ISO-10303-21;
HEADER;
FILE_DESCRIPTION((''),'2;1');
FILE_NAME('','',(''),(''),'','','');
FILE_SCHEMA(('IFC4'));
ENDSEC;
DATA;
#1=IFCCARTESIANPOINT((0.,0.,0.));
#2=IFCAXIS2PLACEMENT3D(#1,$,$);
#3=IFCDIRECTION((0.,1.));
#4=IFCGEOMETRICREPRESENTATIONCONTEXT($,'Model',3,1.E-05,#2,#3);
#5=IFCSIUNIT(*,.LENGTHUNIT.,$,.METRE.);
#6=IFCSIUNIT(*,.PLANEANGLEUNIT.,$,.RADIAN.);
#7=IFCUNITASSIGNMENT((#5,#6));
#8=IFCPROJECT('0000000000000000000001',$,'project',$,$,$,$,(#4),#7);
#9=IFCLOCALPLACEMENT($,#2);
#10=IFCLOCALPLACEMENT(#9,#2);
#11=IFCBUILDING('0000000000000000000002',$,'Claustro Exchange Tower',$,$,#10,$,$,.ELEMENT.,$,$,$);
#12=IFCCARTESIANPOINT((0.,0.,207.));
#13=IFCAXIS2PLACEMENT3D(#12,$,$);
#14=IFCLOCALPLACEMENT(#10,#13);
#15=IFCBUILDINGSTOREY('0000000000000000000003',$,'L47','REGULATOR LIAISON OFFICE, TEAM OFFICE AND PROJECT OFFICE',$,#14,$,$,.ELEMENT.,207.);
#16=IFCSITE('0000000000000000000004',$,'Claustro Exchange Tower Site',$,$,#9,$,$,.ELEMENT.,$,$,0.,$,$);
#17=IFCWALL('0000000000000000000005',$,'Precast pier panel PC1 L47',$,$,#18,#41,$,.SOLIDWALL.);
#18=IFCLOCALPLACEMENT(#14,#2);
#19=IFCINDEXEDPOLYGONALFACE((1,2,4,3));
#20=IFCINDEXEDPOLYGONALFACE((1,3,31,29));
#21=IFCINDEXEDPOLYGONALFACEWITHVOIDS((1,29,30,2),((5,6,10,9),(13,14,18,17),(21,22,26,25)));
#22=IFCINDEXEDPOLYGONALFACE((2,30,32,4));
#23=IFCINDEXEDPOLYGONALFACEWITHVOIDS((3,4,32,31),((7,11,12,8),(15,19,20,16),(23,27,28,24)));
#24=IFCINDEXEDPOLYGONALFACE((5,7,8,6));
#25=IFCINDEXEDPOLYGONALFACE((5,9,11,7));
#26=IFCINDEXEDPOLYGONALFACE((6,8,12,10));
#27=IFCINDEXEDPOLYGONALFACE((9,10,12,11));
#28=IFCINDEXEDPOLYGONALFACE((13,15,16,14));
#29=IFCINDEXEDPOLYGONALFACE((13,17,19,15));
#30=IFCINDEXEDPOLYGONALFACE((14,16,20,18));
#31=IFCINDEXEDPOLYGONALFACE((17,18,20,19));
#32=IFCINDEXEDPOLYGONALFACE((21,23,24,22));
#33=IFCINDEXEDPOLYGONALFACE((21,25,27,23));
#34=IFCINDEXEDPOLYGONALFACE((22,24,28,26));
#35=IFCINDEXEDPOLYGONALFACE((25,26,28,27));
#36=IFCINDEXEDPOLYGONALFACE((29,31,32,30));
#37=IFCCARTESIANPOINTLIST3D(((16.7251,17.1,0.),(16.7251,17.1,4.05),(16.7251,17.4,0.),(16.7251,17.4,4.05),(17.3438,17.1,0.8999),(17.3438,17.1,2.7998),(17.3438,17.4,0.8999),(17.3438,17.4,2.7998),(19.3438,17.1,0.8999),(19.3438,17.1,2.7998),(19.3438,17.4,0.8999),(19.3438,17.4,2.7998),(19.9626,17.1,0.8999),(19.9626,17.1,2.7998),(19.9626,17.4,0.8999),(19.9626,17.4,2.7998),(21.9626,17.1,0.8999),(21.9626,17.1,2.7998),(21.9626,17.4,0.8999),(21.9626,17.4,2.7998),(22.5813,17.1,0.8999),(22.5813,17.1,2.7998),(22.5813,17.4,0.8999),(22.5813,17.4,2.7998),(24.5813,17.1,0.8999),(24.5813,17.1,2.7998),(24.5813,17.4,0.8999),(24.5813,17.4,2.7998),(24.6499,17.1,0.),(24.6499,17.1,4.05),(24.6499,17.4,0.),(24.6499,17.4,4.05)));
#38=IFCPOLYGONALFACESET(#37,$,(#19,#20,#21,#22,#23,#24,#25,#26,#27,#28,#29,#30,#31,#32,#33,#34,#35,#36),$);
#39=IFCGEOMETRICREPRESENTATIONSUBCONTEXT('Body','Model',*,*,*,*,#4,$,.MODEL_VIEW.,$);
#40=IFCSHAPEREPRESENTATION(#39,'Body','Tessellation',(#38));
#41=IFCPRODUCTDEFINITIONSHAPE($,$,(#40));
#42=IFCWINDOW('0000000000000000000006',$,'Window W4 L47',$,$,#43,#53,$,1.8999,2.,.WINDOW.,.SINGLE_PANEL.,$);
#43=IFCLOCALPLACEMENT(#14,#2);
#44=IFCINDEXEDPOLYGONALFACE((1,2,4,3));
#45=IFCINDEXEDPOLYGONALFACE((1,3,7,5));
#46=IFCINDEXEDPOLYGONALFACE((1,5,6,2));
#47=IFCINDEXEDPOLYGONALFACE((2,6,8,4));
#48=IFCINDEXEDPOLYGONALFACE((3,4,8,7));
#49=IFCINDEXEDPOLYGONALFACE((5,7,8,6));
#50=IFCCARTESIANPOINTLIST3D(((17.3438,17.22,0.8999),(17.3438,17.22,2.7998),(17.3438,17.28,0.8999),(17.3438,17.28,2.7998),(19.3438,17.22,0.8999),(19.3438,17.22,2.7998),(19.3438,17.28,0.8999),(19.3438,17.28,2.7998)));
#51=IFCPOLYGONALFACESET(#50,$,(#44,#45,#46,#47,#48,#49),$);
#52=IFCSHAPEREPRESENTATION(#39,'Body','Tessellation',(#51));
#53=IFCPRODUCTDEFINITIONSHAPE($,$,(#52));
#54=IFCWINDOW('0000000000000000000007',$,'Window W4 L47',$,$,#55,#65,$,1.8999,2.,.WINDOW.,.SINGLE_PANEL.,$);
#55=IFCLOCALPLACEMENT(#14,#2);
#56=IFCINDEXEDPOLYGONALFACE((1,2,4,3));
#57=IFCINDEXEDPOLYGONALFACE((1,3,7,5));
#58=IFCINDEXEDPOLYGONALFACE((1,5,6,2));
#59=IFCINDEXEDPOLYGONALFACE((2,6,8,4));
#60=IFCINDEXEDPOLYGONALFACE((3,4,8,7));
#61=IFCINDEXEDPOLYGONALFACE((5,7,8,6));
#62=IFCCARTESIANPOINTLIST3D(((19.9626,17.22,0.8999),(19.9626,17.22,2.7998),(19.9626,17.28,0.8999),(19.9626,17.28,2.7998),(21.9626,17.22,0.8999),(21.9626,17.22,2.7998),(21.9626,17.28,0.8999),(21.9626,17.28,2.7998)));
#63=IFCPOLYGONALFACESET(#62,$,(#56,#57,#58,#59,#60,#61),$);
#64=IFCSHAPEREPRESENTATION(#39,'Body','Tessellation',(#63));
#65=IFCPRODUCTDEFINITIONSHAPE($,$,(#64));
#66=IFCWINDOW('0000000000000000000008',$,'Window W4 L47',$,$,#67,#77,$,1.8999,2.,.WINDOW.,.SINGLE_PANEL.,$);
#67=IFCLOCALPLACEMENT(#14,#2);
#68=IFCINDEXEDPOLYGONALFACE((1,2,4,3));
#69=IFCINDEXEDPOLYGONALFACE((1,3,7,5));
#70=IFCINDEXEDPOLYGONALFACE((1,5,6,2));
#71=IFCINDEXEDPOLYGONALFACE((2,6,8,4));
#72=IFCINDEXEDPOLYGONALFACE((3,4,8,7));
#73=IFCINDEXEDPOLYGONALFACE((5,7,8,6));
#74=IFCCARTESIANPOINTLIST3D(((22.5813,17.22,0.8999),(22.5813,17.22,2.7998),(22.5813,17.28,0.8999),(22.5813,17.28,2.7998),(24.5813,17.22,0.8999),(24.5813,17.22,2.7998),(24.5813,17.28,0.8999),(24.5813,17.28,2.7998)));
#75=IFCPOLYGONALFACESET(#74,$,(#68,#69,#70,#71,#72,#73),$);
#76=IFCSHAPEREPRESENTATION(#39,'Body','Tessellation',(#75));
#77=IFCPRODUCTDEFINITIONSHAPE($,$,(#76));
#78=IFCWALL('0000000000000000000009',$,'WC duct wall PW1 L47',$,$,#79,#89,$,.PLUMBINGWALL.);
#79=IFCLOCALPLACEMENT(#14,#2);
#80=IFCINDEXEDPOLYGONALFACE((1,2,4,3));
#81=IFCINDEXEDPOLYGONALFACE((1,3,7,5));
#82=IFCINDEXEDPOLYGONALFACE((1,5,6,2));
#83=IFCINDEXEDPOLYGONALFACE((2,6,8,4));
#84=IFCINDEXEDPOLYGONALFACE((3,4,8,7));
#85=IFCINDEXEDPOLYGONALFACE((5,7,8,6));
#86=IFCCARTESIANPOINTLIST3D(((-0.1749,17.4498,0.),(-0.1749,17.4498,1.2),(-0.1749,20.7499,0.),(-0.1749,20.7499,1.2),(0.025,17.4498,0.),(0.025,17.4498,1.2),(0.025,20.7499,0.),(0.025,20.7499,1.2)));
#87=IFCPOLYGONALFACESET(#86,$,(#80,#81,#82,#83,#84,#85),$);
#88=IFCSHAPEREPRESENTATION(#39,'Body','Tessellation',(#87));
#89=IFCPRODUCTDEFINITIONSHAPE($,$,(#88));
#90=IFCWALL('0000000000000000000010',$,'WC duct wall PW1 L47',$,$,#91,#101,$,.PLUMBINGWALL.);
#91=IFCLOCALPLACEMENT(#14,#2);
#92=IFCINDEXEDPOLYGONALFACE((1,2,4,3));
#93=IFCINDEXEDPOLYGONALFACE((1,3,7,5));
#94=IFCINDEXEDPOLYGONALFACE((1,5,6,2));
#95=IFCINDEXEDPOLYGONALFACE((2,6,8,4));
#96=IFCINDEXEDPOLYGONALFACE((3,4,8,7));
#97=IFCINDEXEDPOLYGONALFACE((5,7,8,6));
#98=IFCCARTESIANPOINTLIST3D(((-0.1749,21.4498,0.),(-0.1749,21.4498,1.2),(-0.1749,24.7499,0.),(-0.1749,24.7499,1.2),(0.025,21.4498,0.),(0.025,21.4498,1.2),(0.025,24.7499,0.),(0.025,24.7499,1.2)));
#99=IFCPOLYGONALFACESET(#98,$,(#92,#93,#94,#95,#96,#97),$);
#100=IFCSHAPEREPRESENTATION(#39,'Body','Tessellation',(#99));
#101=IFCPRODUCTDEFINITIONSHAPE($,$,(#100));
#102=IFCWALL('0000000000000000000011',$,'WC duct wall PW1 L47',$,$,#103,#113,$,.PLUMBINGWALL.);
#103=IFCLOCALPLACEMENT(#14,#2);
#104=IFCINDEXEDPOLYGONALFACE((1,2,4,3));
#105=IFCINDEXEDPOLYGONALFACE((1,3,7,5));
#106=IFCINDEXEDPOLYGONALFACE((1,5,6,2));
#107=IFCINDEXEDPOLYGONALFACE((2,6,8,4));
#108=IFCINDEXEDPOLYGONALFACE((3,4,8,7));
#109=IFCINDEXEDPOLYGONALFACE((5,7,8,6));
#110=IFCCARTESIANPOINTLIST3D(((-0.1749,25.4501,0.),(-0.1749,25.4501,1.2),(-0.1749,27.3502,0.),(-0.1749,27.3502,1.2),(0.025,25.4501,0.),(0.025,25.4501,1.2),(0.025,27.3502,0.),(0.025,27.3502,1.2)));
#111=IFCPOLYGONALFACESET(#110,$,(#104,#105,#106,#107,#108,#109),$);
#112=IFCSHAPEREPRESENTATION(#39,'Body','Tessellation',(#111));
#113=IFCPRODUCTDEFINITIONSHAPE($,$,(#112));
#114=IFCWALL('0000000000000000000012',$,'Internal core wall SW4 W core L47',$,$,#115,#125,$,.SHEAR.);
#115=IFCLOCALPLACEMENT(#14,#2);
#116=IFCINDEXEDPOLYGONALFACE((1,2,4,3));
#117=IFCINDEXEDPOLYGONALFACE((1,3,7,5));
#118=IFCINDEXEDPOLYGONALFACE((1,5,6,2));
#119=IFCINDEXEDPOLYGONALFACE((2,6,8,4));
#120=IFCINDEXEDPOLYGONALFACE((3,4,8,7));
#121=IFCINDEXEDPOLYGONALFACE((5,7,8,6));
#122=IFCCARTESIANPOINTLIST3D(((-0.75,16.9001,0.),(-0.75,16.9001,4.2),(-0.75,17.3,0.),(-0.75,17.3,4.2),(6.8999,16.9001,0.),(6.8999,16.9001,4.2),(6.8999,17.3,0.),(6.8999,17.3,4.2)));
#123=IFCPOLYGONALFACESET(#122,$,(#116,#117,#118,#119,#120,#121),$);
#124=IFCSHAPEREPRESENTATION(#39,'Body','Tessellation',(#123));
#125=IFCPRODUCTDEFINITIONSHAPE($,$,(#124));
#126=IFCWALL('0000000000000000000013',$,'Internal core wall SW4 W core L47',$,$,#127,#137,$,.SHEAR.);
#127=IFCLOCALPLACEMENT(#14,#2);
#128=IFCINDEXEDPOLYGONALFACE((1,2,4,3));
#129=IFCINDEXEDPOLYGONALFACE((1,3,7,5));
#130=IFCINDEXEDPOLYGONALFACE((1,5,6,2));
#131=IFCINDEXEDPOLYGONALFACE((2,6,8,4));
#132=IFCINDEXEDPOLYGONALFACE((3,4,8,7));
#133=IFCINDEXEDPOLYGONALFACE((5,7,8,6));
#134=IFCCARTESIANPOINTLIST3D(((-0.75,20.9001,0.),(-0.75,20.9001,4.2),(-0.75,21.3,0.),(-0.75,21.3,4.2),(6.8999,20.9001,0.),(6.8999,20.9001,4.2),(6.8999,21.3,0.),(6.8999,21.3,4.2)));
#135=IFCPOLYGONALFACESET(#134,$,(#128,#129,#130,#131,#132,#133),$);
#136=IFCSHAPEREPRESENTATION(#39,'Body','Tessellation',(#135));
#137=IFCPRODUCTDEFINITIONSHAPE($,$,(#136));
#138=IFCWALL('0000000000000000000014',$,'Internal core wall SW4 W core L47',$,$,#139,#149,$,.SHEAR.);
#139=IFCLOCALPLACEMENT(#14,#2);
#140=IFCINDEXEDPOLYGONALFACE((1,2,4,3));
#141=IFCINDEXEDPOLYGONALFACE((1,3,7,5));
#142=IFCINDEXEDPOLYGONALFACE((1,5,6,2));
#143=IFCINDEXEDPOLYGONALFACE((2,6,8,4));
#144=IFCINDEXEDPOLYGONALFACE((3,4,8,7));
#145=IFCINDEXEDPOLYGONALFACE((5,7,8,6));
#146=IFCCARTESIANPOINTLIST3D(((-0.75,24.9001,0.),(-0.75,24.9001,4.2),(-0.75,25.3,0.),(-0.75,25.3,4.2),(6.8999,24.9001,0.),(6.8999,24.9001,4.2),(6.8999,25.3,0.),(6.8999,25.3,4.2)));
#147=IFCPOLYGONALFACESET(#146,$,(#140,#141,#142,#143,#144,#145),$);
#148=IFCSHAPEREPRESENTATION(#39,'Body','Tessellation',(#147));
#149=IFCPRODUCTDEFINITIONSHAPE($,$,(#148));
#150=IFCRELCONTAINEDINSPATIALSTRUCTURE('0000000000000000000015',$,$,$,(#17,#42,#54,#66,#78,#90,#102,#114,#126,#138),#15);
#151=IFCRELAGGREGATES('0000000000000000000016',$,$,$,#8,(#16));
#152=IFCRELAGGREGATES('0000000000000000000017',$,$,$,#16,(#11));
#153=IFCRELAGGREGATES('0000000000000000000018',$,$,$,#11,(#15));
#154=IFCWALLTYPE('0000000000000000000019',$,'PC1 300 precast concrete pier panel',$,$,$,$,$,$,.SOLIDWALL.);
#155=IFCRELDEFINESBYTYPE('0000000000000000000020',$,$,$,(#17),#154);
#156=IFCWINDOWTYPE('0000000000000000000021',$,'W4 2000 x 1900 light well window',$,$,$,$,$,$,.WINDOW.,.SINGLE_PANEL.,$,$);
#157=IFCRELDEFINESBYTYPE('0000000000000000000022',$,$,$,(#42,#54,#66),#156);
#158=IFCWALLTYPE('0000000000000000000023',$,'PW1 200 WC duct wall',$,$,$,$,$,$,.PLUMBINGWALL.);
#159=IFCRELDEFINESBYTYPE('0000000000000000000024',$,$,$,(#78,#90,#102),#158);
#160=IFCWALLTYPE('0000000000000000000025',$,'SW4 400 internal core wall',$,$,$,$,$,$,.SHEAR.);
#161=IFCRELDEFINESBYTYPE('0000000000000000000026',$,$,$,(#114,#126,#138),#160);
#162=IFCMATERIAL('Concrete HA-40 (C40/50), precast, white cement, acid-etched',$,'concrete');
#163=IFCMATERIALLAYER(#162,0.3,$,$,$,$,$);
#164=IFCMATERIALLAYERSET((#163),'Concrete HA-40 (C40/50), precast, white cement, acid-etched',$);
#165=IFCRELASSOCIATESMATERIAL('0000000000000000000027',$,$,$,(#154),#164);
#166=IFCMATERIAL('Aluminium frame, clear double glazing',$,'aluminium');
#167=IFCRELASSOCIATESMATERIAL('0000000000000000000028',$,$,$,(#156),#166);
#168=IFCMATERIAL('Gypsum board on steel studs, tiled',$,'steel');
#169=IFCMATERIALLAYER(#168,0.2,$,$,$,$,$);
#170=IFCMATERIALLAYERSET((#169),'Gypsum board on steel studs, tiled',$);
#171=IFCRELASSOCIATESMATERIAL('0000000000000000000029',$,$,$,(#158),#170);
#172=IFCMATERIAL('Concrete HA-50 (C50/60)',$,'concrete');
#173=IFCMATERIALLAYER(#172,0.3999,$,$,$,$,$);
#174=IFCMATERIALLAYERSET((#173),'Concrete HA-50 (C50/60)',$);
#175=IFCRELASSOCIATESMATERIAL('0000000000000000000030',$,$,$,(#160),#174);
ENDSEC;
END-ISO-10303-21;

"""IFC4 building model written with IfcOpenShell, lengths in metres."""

from ifc_helpers import new_model, si_unit, direction, frame, frame_2d, origin, place, context, subcontext, project, spatial, rectangle, extrude, material, layer, layer_set, type_object, element, fill, save


model = new_model("IFC4")

# Units and contexts
model_context = context("Model", 3, precision=1e-05, world=origin(), true_north=direction((0.0, 1.0)))
body_context = subcontext(model_context, "Body", "Model", "MODEL_VIEW")
ifc_project = project(units=[si_unit("LENGTHUNIT", "METRE"), si_unit("PLANEANGLEUNIT", "RADIAN")], contexts=[model_context])

# Site, building, storey
site_placement = place(None, origin())
site = spatial("IfcSite", under=ifc_project, at=site_placement, Name="Claustro Exchange Tower Site", CompositionType="ELEMENT", RefElevation=0.0)
building_placement = place(site_placement, origin())
building = spatial("IfcBuilding", under=site, at=building_placement, Name="Claustro Exchange Tower", CompositionType="ELEMENT")
storey_placement = place(building_placement, frame((0.0, 0.0, 207.0)))
storey = spatial("IfcBuildingStorey", under=building, at=storey_placement, Name="L47", Description="REGULATOR LIAISON OFFICE, TEAM OFFICE AND PROJECT OFFICE", CompositionType="ELEMENT", Elevation=207.0)

# Wall, openings, windows
ifc_material_1 = material(Name="Concrete HA-40 (C40/50), precast, white cement, acid-etched", Category="concrete")
ifc_layer_1 = layer(ifc_material_1, 0.3)
ifc_layer_set_1 = layer_set([ifc_layer_1], Name="Concrete HA-40 (C40/50), precast, white cement, acid-etched")
wall_type_1 = type_object("IfcWallType", Name="PC1 300 precast concrete pier panel", PredefinedType="SOLIDWALL", material=ifc_layer_set_1)
ifc_material_2 = material(Name="Aluminium frame, clear double glazing", Category="aluminium")
window_type = type_object("IfcWindowType", Name="W4 2000 x 1900 light well window", PartitioningType="SINGLE_PANEL", PredefinedType="WINDOW", material=ifc_material_2)
wall_1_placement = place(storey_placement, frame((16.7251, 17.25, 0.0), z_axis=(0.0, 0.0, 1.0), x_axis=(1.0, 0.0, 0.0)))
wall_1 = element("IfcWall", 1, at=wall_1_placement, inside=storey, type_object=wall_type_1, Name="Precast pier panel PC1 L47", PredefinedType="SOLIDWALL", context=body_context, shape_type="SweptSolid", body=[
    extrude(rectangle(XDim=7.9248, YDim=0.3, at=frame_2d((3.9624, 0.0))), origin(), (0.0, 0.0, 1.0), 4.05),
])
opening_1_placement = place(wall_1_placement, frame((0.6187, 0.0, 0.8999)))
opening_1 = element("IfcOpeningElement", 2, at=opening_1_placement, cuts=wall_1, PredefinedType="OPENING", context=body_context, shape_type="SweptSolid", body=[
    extrude(rectangle(XDim=2.0, YDim=1.8999, at=frame_2d((1.0, 0.95))), frame((0.0, 0.1599, 0.0), z_axis=(0.0, -1.0, 0.0), x_axis=(1.0, 0.0, 0.0)), (0.0, 0.0, 1.0), 0.3201),
])
opening_2_placement = place(wall_1_placement, frame((3.2375, 0.0, 0.8999)))
opening_2 = element("IfcOpeningElement", 3, at=opening_2_placement, cuts=wall_1, PredefinedType="OPENING", context=body_context, shape_type="SweptSolid", body=[
    extrude(rectangle(XDim=2.0, YDim=1.8999, at=frame_2d((1.0, 0.95))), frame((0.0, 0.1599, 0.0), z_axis=(0.0, -1.0, 0.0), x_axis=(1.0, 0.0, 0.0)), (0.0, 0.0, 1.0), 0.3201),
])
opening_3_placement = place(wall_1_placement, frame((5.8562, 0.0, 0.8999)))
opening_3 = element("IfcOpeningElement", 4, at=opening_3_placement, cuts=wall_1, PredefinedType="OPENING", context=body_context, shape_type="SweptSolid", body=[
    extrude(rectangle(XDim=2.0, YDim=1.8999, at=frame_2d((1.0, 0.95))), frame((0.0, 0.1599, 0.0), z_axis=(0.0, -1.0, 0.0), x_axis=(1.0, 0.0, 0.0)), (0.0, 0.0, 1.0), 0.3201),
])
window_1_placement = place(opening_1_placement, origin())
window_1 = element("IfcWindow", 5, at=window_1_placement, inside=storey, type_object=window_type, Name="Window W4 L47", OverallHeight=1.8999, OverallWidth=2.0, PartitioningType="SINGLE_PANEL", PredefinedType="WINDOW", context=body_context, shape_type="SweptSolid", body=[
    extrude(rectangle(XDim=2.0, YDim=1.8999, at=frame_2d((1.0, 0.95))), frame((0.0, 0.03, 0.0), z_axis=(0.0, -1.0, 0.0), x_axis=(1.0, 0.0, 0.0)), (0.0, 0.0, 1.0), 0.0601),
])
fill(opening_1, window_1)
window_2_placement = place(opening_2_placement, origin())
window_2 = element("IfcWindow", 6, at=window_2_placement, inside=storey, type_object=window_type, Name="Window W4 L47", OverallHeight=1.8999, OverallWidth=2.0, PartitioningType="SINGLE_PANEL", PredefinedType="WINDOW", context=body_context, shape_type="SweptSolid", body=[
    extrude(rectangle(XDim=2.0, YDim=1.8999, at=frame_2d((1.0, 0.95))), frame((0.0, 0.03, 0.0), z_axis=(0.0, -1.0, 0.0), x_axis=(1.0, 0.0, 0.0)), (0.0, 0.0, 1.0), 0.0601),
])
fill(opening_2, window_2)
window_3_placement = place(opening_3_placement, origin())
window_3 = element("IfcWindow", 7, at=window_3_placement, inside=storey, type_object=window_type, Name="Window W4 L47", OverallHeight=1.8999, OverallWidth=2.0, PartitioningType="SINGLE_PANEL", PredefinedType="WINDOW", context=body_context, shape_type="SweptSolid", body=[
    extrude(rectangle(XDim=2.0, YDim=1.8999, at=frame_2d((1.0, 0.95))), frame((0.0, 0.03, 0.0), z_axis=(0.0, -1.0, 0.0), x_axis=(1.0, 0.0, 0.0)), (0.0, 0.0, 1.0), 0.0601),
])
fill(opening_3, window_3)

# Walls
ifc_material_3 = material(Name="Gypsum board on steel studs, tiled", Category="steel")
ifc_layer_2 = layer(ifc_material_3, 0.2)
ifc_layer_set_2 = layer_set([ifc_layer_2], Name="Gypsum board on steel studs, tiled")
wall_type_2 = type_object("IfcWallType", Name="PW1 200 WC duct wall", PredefinedType="PLUMBINGWALL", material=ifc_layer_set_2)
for number, where, z_axis, x_axis, name in (
    (8, (-0.075, 17.45, 0.0), (0.0, 0.0, 1.0), (0.0, 1.0, 0.0), "WC duct wall PW1 L47"),
    (9, (-0.075, 21.45, 0.0), (0.0, 0.0, 1.0), (0.0, 1.0, 0.0), "WC duct wall PW1 L47"),
):
    element("IfcWall", number, at=place(storey_placement, frame(where, z_axis=z_axis, x_axis=x_axis)), inside=storey, type_object=wall_type_2, Name=name, PredefinedType="PLUMBINGWALL", context=body_context, shape_type="SweptSolid", body=[
        extrude(rectangle(XDim=3.3, YDim=0.2, at=frame_2d((1.6499, 0.0))), origin(), (0.0, 0.0, 1.0), 1.2),
    ])
wall_2_placement = place(storey_placement, frame((-0.075, 25.45, 0.0), z_axis=(0.0, 0.0, 1.0), x_axis=(0.0, 1.0, 0.0)))
element("IfcWall", 10, at=wall_2_placement, inside=storey, type_object=wall_type_2, Name="WC duct wall PW1 L47", PredefinedType="PLUMBINGWALL", context=body_context, shape_type="SweptSolid", body=[
    extrude(rectangle(XDim=1.9001, YDim=0.2, at=frame_2d((0.9502, 0.0))), origin(), (0.0, 0.0, 1.0), 1.2),
])
ifc_material_4 = material(Name="Concrete HA-50 (C50/60)", Category="concrete")
ifc_layer_3 = layer(ifc_material_4, 0.3999)
ifc_layer_set_3 = layer_set([ifc_layer_3], Name="Concrete HA-50 (C50/60)")
wall_type_3 = type_object("IfcWallType", Name="SW4 400 internal core wall", PredefinedType="SHEAR", material=ifc_layer_set_3)
for number, where, z_axis, x_axis, name in (
    (11, (-0.75, 17.1001, 0.0), (0.0, 0.0, 1.0), (1.0, 0.0, 0.0), "Internal core wall SW4 W core L47"),
    (12, (-0.75, 21.1001, 0.0), (0.0, 0.0, 1.0), (1.0, 0.0, 0.0), "Internal core wall SW4 W core L47"),
    (13, (-0.75, 25.1001, 0.0), (0.0, 0.0, 1.0), (1.0, 0.0, 0.0), "Internal core wall SW4 W core L47"),
):
    element("IfcWall", number, at=place(storey_placement, frame(where, z_axis=z_axis, x_axis=x_axis)), inside=storey, type_object=wall_type_3, Name=name, PredefinedType="SHEAR", context=body_context, shape_type="SweptSolid", body=[
        extrude(rectangle(XDim=7.6499, YDim=0.3999, at=frame_2d((3.825, 0.0))), origin(), (0.0, 0.0, 1.0), 4.2),
    ])

save(model, "model.ifc")
